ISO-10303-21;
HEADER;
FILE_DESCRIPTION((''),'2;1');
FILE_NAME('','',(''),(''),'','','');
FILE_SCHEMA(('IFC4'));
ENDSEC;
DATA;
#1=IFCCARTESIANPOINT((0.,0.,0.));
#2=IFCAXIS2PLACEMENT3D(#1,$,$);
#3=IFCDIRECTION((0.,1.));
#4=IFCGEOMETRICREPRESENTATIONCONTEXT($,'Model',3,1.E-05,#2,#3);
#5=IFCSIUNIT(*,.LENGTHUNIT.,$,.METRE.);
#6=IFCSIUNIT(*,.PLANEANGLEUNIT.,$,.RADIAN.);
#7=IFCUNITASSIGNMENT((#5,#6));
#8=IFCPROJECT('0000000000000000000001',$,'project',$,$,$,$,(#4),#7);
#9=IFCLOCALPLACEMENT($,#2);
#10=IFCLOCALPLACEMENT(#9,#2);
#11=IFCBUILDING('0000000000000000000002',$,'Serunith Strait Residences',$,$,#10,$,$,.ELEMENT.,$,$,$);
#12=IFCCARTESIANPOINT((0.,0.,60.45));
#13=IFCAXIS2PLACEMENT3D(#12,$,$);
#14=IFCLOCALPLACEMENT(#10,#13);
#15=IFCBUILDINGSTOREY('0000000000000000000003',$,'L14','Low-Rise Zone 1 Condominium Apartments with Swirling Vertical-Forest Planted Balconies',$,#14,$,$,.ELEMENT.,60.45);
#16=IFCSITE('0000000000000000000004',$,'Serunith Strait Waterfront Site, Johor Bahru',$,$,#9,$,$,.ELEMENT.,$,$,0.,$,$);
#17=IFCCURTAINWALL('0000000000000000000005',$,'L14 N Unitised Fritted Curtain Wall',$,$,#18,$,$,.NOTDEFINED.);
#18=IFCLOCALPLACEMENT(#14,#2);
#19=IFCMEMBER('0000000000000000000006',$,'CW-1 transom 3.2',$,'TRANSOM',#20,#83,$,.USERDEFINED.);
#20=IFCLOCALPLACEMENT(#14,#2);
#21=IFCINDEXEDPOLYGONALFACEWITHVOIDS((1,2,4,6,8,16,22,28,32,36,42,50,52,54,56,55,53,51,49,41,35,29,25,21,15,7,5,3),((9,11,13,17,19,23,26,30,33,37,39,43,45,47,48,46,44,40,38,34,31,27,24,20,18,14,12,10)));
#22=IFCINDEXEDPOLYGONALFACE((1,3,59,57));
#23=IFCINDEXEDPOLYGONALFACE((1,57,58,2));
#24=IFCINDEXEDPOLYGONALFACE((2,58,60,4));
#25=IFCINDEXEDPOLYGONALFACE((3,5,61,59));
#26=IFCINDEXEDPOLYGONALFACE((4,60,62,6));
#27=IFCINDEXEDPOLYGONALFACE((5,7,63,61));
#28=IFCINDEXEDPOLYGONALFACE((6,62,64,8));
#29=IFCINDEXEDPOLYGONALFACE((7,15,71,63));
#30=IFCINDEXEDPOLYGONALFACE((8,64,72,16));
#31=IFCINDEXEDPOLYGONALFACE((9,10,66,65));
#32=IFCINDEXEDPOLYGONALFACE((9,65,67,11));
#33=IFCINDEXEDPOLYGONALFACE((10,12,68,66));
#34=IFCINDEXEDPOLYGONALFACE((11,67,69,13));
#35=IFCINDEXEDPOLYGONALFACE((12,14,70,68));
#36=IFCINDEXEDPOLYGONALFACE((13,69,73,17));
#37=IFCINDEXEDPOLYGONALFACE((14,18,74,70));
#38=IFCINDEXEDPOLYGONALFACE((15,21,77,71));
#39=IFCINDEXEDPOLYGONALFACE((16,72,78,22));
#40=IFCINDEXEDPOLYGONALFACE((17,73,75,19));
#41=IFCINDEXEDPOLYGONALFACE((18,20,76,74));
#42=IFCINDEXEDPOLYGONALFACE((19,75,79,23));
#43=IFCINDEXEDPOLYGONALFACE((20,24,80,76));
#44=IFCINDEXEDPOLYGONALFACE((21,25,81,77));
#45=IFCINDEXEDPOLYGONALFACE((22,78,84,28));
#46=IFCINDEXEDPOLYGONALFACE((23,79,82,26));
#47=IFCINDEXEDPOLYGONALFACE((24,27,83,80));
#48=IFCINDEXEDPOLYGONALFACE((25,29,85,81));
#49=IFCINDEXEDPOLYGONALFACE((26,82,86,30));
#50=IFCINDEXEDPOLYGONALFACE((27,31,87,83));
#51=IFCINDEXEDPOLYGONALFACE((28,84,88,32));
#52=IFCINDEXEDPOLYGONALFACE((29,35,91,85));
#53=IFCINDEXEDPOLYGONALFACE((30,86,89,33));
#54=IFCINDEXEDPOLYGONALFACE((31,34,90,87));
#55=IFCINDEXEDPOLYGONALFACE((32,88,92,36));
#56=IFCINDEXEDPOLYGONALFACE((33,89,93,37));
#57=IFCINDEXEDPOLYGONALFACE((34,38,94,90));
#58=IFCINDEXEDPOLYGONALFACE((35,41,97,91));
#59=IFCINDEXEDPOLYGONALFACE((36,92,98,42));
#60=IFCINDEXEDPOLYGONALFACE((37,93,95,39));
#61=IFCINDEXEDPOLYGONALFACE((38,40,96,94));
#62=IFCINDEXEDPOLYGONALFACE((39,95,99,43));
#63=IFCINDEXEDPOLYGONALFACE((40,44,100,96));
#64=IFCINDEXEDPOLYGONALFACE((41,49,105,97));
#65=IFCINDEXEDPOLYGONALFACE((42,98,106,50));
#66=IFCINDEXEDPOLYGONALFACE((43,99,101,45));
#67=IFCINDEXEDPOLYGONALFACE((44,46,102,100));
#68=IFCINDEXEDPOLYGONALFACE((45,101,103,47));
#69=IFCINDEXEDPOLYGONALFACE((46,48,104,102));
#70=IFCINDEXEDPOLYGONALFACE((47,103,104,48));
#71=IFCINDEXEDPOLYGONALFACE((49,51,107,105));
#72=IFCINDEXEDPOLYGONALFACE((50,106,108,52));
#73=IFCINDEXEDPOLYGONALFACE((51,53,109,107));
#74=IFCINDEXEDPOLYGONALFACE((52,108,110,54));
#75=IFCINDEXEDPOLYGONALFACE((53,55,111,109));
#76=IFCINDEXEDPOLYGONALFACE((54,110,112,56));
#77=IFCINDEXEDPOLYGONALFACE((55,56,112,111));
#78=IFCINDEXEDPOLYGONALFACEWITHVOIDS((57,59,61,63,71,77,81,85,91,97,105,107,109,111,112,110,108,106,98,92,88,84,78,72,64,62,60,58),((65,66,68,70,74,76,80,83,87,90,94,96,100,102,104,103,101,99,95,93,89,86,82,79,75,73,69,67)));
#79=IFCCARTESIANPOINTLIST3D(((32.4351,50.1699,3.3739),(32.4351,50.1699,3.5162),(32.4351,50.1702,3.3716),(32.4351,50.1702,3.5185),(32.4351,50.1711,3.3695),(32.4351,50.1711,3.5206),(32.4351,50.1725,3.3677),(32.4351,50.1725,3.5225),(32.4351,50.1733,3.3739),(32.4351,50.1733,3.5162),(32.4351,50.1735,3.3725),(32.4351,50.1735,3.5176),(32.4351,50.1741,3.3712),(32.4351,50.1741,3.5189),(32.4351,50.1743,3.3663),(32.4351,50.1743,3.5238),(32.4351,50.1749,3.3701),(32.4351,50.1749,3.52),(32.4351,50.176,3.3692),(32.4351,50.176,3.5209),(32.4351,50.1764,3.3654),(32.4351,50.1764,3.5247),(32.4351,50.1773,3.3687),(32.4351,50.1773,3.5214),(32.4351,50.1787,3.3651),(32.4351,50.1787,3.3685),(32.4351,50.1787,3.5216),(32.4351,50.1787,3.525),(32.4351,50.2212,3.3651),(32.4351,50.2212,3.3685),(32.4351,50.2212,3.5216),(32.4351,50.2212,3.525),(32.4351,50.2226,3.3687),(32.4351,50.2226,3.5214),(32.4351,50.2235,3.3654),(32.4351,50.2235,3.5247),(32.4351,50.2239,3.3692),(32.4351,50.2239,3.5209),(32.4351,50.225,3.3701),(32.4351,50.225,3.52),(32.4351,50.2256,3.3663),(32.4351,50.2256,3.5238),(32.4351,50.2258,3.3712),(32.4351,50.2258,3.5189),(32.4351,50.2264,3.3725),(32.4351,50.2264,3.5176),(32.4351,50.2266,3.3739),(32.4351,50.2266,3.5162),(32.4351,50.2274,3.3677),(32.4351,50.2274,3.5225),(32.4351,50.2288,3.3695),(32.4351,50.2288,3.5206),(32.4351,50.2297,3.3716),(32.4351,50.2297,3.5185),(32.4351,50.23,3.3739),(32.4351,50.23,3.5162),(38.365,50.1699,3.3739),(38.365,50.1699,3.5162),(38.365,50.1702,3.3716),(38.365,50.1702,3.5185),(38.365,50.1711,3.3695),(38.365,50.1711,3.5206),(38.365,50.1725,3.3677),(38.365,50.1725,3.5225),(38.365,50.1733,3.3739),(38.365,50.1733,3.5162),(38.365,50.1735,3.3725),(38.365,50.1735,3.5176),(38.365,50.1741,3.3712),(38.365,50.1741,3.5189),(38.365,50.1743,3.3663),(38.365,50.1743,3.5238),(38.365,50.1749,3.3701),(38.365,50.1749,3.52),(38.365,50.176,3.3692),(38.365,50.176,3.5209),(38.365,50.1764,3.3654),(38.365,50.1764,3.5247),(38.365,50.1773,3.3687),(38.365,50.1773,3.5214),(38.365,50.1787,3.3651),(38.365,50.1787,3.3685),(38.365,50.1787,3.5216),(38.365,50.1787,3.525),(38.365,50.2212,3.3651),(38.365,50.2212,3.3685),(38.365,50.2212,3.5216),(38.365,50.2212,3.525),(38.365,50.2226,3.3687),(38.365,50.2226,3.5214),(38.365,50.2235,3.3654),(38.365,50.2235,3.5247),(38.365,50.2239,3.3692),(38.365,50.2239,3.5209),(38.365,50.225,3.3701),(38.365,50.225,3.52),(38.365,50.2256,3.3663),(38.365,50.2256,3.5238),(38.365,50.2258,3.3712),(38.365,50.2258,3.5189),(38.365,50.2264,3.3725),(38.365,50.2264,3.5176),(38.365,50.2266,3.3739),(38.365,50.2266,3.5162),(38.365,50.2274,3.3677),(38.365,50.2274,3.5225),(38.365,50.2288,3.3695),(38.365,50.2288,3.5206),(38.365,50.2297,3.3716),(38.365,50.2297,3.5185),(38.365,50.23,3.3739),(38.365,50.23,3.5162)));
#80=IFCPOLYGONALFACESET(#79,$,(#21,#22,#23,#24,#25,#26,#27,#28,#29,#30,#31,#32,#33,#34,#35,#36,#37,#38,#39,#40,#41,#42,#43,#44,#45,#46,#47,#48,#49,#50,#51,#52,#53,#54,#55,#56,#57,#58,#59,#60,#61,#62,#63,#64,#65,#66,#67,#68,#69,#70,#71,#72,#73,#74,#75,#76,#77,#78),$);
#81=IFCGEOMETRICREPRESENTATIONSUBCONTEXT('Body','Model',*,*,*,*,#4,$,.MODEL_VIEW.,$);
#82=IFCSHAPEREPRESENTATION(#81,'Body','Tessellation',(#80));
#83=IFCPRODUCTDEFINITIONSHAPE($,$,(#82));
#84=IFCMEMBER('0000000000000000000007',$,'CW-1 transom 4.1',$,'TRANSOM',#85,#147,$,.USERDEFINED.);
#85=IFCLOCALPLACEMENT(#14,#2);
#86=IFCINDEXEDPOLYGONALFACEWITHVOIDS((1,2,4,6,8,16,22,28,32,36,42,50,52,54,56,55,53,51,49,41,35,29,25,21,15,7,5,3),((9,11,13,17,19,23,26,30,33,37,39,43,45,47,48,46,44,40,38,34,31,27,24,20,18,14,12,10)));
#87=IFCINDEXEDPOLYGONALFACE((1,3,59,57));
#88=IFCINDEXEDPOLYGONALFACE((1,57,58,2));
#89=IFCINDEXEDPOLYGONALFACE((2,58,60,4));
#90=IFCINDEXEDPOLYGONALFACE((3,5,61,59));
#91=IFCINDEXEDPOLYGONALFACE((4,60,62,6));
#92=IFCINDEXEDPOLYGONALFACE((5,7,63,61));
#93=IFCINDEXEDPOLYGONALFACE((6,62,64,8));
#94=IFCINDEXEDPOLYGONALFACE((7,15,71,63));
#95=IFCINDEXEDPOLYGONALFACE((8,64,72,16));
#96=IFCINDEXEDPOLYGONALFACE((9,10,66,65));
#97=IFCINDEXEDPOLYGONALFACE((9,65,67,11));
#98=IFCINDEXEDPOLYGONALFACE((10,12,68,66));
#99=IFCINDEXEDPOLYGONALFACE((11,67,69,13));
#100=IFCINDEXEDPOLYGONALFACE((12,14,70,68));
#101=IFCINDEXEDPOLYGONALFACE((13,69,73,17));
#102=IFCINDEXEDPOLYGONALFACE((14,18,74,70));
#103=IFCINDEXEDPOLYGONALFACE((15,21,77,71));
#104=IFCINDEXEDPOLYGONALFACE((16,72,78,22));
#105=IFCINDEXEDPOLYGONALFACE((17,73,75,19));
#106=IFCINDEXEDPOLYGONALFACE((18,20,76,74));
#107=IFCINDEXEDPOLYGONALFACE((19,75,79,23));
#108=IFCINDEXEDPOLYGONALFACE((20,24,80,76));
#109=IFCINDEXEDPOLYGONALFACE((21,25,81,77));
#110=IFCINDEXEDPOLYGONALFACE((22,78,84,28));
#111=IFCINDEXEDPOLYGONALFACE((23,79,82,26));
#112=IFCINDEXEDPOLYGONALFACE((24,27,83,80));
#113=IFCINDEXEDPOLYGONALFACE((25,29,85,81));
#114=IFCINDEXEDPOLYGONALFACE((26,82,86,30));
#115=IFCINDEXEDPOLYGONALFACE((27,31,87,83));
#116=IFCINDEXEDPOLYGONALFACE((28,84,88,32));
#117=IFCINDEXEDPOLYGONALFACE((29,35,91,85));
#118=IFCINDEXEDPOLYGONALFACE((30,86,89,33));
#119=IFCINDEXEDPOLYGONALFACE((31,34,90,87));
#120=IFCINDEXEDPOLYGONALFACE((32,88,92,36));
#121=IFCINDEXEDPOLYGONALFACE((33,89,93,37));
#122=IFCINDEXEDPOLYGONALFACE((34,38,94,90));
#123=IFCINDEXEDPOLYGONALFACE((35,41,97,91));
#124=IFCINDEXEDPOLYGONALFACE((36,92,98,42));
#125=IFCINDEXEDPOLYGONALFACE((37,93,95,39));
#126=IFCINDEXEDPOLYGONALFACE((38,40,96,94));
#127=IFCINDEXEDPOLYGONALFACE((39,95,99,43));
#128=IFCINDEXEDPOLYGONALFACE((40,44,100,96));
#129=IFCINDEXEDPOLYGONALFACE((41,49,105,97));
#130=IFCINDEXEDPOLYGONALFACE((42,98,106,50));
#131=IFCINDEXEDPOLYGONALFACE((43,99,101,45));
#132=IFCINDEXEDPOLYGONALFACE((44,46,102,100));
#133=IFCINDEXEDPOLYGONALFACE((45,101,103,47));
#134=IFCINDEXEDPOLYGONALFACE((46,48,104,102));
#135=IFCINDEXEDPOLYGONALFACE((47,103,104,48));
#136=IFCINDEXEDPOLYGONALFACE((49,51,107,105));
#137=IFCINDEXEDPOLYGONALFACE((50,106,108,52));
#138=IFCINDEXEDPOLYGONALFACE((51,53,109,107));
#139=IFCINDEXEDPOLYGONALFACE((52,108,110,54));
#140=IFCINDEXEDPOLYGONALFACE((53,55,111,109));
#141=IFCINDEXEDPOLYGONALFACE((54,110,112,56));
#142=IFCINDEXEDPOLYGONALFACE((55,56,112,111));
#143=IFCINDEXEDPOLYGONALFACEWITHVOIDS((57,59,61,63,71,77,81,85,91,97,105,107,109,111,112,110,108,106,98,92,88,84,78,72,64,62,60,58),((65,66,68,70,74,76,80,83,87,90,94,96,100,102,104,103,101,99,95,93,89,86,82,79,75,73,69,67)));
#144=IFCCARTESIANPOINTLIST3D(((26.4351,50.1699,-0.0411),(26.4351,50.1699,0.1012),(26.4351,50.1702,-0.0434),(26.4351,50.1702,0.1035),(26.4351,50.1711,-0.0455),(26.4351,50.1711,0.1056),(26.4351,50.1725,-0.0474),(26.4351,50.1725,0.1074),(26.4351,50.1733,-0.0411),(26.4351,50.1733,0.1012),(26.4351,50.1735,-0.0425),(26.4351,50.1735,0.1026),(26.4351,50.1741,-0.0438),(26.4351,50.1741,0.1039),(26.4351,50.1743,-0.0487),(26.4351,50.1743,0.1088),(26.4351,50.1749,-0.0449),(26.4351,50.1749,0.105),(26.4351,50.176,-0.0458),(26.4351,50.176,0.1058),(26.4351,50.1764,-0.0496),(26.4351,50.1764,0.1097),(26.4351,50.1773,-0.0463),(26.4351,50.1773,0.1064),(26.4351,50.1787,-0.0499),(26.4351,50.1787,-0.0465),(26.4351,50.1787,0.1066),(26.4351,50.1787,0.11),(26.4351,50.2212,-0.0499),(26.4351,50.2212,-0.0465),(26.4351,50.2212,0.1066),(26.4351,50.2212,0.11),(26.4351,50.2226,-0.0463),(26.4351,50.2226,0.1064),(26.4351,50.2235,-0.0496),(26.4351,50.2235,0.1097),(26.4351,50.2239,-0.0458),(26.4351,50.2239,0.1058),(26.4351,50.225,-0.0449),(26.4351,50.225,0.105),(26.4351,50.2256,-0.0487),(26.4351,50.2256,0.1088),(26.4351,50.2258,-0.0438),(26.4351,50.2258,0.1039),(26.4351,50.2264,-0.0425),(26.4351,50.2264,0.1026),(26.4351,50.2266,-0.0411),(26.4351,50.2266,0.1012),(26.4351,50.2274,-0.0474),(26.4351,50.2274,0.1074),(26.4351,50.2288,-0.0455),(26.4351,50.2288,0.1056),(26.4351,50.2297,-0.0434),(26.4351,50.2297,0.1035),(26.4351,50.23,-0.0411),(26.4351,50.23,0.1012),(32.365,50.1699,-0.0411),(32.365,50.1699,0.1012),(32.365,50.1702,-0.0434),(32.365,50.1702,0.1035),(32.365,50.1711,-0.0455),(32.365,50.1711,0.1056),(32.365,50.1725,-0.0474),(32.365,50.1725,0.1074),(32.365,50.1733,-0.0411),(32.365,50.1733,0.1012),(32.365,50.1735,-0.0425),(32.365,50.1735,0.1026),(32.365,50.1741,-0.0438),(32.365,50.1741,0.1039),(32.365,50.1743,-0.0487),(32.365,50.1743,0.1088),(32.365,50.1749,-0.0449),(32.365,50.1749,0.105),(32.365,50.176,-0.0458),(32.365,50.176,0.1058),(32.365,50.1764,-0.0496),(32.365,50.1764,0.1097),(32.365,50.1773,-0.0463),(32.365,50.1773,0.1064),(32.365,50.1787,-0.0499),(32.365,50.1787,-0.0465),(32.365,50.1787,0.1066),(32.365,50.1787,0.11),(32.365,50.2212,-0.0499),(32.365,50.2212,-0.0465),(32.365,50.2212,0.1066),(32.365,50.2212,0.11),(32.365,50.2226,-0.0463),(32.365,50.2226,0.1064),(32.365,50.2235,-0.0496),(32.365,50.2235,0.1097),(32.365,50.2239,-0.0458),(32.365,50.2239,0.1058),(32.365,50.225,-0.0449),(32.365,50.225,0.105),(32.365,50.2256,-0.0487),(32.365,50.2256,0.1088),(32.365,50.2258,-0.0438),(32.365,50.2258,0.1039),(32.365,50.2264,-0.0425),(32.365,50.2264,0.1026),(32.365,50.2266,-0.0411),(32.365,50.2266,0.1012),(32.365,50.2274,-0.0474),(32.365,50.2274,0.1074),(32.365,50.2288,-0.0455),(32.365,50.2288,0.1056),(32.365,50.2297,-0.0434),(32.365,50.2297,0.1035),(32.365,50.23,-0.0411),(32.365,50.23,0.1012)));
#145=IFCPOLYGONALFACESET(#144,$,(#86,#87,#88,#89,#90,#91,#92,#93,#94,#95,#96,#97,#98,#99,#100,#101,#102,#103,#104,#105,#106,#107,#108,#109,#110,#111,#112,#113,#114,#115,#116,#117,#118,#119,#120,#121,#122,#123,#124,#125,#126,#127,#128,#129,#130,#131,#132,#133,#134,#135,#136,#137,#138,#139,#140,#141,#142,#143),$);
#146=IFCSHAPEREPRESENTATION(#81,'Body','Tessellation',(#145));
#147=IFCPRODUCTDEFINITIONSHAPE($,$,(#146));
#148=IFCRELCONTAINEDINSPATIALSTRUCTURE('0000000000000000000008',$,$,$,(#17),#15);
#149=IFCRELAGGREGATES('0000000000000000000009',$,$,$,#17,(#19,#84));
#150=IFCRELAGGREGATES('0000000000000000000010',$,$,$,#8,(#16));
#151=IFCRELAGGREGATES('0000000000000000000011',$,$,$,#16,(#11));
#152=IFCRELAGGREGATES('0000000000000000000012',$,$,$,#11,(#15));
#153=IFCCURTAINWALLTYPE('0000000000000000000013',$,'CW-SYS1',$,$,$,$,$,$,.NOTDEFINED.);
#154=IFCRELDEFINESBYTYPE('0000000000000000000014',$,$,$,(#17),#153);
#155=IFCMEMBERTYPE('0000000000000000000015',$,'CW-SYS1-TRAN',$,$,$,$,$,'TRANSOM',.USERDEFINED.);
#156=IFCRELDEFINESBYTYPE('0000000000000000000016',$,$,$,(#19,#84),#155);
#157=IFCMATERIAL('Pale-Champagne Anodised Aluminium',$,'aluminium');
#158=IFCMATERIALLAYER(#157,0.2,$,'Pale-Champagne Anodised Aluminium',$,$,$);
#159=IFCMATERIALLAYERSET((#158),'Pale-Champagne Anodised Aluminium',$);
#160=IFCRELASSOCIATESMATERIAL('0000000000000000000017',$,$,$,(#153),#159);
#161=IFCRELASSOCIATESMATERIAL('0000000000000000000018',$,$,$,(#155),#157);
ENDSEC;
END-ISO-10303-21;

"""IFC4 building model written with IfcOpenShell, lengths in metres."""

from ifc_helpers import new_model, si_unit, direction, frame, origin, origin_2d, place, context, subcontext, project, spatial, hollow_rectangle, extrude, source, transform, mapped, material, layer, layer_set, material_profile, profile_set, type_object, element, aggregate, save


model = new_model("IFC4")

# Units and contexts
model_context = context("Model", 3, precision=1e-05, world=origin(), true_north=direction((0.0, 1.0)))
body_context = subcontext(model_context, "Body", "Model", "MODEL_VIEW")
ifc_project = project(units=[si_unit("LENGTHUNIT", "METRE"), si_unit("PLANEANGLEUNIT", "RADIAN")], contexts=[model_context])

# Site, building, storey
site_placement = place(None, origin())
site = spatial("IfcSite", under=ifc_project, at=site_placement, Name="Serunith Strait Waterfront Site, Johor Bahru", CompositionType="ELEMENT", RefElevation=0.0)
building_placement = place(site_placement, origin())
building = spatial("IfcBuilding", under=site, at=building_placement, Name="Serunith Strait Residences", CompositionType="ELEMENT")
storey_placement = place(building_placement, frame((0.0, 0.0, 60.45)))
storey = spatial("IfcBuildingStorey", under=building, at=storey_placement, Name="L14", Description="Low-Rise Zone 1 Condominium Apartments with Swirling Vertical-Forest Planted Balconies", CompositionType="ELEMENT", Elevation=60.45)

# Curtain wall, members
ifc_material_1 = material(Name="Pale-Champagne Anodised Aluminium", Category="aluminium")
ifc_layer_1 = layer(ifc_material_1, 0.2, Name="Pale-Champagne Anodised Aluminium")
ifc_layer_set_1 = layer_set([ifc_layer_1], Name="Pale-Champagne Anodised Aluminium")
curtain_wall_type = type_object("IfcCurtainWallType", Name="CW-SYS1", PredefinedType="NOTDEFINED", material=ifc_layer_set_1)
curtain_wall_placement = place(storey_placement, origin())
curtain_wall = element("IfcCurtainWall", 1, at=curtain_wall_placement, inside=storey, type_object=curtain_wall_type, Name="L14 N Unitised Fritted Curtain Wall", PredefinedType="NOTDEFINED")
ifc_material_profile_1 = material_profile(ifc_material_1, hollow_rectangle(XDim=0.0601, YDim=0.1599, WallThickness=0.0034, InnerFilletRadius=0.0054, OuterFilletRadius=0.0088, at=origin_2d()), Name="ALU 160x60x3.5")
ifc_profile_set_1 = profile_set([ifc_material_profile_1], Name="Pale-Champagne Anodised Aluminium")
member_type_1 = type_object("IfcMemberType", Name="CW-SYS1-TRAN", ElementType="TRANSOM", PredefinedType="USERDEFINED", material=ifc_profile_set_1)
shared_shape_1 = source(origin(), body_context, "Body", "SweptSolid", [
    extrude(hollow_rectangle(XDim=0.0601, YDim=0.1599, WallThickness=0.0034, InnerFilletRadius=0.0054, OuterFilletRadius=0.0088, at=origin_2d()), origin(), (0.0, 0.0, 1.0), 5.9299),
])
member_1_placement = place(storey_placement, frame((38.365, 50.2, 3.4451), z_axis=(-1.0, 0.0, 0.0), x_axis=(0.0, -1.0, 0.0)))
member_1 = element("IfcMember", 2, at=member_1_placement, type_object=member_type_1, Name="CW-1 transom 3.2", ObjectType="TRANSOM", PredefinedType="USERDEFINED", context=body_context, shape_type="MappedRepresentation", body=[
    mapped(shared_shape_1, transform((0.0, 0.0, 0.0), scale=1.0)),
])
member_2_placement = place(storey_placement, frame((32.365, 50.2, 0.03), z_axis=(-1.0, 0.0, 0.0), x_axis=(0.0, -1.0, 0.0)))
member_2 = element("IfcMember", 3, at=member_2_placement, type_object=member_type_1, Name="CW-1 transom 4.1", ObjectType="TRANSOM", PredefinedType="USERDEFINED", context=body_context, shape_type="MappedRepresentation", body=[
    mapped(shared_shape_1, transform((0.0, 0.0, 0.0), scale=1.0)),
])
aggregate(curtain_wall, [member_1, member_2])

save(model, "model.ifc")
